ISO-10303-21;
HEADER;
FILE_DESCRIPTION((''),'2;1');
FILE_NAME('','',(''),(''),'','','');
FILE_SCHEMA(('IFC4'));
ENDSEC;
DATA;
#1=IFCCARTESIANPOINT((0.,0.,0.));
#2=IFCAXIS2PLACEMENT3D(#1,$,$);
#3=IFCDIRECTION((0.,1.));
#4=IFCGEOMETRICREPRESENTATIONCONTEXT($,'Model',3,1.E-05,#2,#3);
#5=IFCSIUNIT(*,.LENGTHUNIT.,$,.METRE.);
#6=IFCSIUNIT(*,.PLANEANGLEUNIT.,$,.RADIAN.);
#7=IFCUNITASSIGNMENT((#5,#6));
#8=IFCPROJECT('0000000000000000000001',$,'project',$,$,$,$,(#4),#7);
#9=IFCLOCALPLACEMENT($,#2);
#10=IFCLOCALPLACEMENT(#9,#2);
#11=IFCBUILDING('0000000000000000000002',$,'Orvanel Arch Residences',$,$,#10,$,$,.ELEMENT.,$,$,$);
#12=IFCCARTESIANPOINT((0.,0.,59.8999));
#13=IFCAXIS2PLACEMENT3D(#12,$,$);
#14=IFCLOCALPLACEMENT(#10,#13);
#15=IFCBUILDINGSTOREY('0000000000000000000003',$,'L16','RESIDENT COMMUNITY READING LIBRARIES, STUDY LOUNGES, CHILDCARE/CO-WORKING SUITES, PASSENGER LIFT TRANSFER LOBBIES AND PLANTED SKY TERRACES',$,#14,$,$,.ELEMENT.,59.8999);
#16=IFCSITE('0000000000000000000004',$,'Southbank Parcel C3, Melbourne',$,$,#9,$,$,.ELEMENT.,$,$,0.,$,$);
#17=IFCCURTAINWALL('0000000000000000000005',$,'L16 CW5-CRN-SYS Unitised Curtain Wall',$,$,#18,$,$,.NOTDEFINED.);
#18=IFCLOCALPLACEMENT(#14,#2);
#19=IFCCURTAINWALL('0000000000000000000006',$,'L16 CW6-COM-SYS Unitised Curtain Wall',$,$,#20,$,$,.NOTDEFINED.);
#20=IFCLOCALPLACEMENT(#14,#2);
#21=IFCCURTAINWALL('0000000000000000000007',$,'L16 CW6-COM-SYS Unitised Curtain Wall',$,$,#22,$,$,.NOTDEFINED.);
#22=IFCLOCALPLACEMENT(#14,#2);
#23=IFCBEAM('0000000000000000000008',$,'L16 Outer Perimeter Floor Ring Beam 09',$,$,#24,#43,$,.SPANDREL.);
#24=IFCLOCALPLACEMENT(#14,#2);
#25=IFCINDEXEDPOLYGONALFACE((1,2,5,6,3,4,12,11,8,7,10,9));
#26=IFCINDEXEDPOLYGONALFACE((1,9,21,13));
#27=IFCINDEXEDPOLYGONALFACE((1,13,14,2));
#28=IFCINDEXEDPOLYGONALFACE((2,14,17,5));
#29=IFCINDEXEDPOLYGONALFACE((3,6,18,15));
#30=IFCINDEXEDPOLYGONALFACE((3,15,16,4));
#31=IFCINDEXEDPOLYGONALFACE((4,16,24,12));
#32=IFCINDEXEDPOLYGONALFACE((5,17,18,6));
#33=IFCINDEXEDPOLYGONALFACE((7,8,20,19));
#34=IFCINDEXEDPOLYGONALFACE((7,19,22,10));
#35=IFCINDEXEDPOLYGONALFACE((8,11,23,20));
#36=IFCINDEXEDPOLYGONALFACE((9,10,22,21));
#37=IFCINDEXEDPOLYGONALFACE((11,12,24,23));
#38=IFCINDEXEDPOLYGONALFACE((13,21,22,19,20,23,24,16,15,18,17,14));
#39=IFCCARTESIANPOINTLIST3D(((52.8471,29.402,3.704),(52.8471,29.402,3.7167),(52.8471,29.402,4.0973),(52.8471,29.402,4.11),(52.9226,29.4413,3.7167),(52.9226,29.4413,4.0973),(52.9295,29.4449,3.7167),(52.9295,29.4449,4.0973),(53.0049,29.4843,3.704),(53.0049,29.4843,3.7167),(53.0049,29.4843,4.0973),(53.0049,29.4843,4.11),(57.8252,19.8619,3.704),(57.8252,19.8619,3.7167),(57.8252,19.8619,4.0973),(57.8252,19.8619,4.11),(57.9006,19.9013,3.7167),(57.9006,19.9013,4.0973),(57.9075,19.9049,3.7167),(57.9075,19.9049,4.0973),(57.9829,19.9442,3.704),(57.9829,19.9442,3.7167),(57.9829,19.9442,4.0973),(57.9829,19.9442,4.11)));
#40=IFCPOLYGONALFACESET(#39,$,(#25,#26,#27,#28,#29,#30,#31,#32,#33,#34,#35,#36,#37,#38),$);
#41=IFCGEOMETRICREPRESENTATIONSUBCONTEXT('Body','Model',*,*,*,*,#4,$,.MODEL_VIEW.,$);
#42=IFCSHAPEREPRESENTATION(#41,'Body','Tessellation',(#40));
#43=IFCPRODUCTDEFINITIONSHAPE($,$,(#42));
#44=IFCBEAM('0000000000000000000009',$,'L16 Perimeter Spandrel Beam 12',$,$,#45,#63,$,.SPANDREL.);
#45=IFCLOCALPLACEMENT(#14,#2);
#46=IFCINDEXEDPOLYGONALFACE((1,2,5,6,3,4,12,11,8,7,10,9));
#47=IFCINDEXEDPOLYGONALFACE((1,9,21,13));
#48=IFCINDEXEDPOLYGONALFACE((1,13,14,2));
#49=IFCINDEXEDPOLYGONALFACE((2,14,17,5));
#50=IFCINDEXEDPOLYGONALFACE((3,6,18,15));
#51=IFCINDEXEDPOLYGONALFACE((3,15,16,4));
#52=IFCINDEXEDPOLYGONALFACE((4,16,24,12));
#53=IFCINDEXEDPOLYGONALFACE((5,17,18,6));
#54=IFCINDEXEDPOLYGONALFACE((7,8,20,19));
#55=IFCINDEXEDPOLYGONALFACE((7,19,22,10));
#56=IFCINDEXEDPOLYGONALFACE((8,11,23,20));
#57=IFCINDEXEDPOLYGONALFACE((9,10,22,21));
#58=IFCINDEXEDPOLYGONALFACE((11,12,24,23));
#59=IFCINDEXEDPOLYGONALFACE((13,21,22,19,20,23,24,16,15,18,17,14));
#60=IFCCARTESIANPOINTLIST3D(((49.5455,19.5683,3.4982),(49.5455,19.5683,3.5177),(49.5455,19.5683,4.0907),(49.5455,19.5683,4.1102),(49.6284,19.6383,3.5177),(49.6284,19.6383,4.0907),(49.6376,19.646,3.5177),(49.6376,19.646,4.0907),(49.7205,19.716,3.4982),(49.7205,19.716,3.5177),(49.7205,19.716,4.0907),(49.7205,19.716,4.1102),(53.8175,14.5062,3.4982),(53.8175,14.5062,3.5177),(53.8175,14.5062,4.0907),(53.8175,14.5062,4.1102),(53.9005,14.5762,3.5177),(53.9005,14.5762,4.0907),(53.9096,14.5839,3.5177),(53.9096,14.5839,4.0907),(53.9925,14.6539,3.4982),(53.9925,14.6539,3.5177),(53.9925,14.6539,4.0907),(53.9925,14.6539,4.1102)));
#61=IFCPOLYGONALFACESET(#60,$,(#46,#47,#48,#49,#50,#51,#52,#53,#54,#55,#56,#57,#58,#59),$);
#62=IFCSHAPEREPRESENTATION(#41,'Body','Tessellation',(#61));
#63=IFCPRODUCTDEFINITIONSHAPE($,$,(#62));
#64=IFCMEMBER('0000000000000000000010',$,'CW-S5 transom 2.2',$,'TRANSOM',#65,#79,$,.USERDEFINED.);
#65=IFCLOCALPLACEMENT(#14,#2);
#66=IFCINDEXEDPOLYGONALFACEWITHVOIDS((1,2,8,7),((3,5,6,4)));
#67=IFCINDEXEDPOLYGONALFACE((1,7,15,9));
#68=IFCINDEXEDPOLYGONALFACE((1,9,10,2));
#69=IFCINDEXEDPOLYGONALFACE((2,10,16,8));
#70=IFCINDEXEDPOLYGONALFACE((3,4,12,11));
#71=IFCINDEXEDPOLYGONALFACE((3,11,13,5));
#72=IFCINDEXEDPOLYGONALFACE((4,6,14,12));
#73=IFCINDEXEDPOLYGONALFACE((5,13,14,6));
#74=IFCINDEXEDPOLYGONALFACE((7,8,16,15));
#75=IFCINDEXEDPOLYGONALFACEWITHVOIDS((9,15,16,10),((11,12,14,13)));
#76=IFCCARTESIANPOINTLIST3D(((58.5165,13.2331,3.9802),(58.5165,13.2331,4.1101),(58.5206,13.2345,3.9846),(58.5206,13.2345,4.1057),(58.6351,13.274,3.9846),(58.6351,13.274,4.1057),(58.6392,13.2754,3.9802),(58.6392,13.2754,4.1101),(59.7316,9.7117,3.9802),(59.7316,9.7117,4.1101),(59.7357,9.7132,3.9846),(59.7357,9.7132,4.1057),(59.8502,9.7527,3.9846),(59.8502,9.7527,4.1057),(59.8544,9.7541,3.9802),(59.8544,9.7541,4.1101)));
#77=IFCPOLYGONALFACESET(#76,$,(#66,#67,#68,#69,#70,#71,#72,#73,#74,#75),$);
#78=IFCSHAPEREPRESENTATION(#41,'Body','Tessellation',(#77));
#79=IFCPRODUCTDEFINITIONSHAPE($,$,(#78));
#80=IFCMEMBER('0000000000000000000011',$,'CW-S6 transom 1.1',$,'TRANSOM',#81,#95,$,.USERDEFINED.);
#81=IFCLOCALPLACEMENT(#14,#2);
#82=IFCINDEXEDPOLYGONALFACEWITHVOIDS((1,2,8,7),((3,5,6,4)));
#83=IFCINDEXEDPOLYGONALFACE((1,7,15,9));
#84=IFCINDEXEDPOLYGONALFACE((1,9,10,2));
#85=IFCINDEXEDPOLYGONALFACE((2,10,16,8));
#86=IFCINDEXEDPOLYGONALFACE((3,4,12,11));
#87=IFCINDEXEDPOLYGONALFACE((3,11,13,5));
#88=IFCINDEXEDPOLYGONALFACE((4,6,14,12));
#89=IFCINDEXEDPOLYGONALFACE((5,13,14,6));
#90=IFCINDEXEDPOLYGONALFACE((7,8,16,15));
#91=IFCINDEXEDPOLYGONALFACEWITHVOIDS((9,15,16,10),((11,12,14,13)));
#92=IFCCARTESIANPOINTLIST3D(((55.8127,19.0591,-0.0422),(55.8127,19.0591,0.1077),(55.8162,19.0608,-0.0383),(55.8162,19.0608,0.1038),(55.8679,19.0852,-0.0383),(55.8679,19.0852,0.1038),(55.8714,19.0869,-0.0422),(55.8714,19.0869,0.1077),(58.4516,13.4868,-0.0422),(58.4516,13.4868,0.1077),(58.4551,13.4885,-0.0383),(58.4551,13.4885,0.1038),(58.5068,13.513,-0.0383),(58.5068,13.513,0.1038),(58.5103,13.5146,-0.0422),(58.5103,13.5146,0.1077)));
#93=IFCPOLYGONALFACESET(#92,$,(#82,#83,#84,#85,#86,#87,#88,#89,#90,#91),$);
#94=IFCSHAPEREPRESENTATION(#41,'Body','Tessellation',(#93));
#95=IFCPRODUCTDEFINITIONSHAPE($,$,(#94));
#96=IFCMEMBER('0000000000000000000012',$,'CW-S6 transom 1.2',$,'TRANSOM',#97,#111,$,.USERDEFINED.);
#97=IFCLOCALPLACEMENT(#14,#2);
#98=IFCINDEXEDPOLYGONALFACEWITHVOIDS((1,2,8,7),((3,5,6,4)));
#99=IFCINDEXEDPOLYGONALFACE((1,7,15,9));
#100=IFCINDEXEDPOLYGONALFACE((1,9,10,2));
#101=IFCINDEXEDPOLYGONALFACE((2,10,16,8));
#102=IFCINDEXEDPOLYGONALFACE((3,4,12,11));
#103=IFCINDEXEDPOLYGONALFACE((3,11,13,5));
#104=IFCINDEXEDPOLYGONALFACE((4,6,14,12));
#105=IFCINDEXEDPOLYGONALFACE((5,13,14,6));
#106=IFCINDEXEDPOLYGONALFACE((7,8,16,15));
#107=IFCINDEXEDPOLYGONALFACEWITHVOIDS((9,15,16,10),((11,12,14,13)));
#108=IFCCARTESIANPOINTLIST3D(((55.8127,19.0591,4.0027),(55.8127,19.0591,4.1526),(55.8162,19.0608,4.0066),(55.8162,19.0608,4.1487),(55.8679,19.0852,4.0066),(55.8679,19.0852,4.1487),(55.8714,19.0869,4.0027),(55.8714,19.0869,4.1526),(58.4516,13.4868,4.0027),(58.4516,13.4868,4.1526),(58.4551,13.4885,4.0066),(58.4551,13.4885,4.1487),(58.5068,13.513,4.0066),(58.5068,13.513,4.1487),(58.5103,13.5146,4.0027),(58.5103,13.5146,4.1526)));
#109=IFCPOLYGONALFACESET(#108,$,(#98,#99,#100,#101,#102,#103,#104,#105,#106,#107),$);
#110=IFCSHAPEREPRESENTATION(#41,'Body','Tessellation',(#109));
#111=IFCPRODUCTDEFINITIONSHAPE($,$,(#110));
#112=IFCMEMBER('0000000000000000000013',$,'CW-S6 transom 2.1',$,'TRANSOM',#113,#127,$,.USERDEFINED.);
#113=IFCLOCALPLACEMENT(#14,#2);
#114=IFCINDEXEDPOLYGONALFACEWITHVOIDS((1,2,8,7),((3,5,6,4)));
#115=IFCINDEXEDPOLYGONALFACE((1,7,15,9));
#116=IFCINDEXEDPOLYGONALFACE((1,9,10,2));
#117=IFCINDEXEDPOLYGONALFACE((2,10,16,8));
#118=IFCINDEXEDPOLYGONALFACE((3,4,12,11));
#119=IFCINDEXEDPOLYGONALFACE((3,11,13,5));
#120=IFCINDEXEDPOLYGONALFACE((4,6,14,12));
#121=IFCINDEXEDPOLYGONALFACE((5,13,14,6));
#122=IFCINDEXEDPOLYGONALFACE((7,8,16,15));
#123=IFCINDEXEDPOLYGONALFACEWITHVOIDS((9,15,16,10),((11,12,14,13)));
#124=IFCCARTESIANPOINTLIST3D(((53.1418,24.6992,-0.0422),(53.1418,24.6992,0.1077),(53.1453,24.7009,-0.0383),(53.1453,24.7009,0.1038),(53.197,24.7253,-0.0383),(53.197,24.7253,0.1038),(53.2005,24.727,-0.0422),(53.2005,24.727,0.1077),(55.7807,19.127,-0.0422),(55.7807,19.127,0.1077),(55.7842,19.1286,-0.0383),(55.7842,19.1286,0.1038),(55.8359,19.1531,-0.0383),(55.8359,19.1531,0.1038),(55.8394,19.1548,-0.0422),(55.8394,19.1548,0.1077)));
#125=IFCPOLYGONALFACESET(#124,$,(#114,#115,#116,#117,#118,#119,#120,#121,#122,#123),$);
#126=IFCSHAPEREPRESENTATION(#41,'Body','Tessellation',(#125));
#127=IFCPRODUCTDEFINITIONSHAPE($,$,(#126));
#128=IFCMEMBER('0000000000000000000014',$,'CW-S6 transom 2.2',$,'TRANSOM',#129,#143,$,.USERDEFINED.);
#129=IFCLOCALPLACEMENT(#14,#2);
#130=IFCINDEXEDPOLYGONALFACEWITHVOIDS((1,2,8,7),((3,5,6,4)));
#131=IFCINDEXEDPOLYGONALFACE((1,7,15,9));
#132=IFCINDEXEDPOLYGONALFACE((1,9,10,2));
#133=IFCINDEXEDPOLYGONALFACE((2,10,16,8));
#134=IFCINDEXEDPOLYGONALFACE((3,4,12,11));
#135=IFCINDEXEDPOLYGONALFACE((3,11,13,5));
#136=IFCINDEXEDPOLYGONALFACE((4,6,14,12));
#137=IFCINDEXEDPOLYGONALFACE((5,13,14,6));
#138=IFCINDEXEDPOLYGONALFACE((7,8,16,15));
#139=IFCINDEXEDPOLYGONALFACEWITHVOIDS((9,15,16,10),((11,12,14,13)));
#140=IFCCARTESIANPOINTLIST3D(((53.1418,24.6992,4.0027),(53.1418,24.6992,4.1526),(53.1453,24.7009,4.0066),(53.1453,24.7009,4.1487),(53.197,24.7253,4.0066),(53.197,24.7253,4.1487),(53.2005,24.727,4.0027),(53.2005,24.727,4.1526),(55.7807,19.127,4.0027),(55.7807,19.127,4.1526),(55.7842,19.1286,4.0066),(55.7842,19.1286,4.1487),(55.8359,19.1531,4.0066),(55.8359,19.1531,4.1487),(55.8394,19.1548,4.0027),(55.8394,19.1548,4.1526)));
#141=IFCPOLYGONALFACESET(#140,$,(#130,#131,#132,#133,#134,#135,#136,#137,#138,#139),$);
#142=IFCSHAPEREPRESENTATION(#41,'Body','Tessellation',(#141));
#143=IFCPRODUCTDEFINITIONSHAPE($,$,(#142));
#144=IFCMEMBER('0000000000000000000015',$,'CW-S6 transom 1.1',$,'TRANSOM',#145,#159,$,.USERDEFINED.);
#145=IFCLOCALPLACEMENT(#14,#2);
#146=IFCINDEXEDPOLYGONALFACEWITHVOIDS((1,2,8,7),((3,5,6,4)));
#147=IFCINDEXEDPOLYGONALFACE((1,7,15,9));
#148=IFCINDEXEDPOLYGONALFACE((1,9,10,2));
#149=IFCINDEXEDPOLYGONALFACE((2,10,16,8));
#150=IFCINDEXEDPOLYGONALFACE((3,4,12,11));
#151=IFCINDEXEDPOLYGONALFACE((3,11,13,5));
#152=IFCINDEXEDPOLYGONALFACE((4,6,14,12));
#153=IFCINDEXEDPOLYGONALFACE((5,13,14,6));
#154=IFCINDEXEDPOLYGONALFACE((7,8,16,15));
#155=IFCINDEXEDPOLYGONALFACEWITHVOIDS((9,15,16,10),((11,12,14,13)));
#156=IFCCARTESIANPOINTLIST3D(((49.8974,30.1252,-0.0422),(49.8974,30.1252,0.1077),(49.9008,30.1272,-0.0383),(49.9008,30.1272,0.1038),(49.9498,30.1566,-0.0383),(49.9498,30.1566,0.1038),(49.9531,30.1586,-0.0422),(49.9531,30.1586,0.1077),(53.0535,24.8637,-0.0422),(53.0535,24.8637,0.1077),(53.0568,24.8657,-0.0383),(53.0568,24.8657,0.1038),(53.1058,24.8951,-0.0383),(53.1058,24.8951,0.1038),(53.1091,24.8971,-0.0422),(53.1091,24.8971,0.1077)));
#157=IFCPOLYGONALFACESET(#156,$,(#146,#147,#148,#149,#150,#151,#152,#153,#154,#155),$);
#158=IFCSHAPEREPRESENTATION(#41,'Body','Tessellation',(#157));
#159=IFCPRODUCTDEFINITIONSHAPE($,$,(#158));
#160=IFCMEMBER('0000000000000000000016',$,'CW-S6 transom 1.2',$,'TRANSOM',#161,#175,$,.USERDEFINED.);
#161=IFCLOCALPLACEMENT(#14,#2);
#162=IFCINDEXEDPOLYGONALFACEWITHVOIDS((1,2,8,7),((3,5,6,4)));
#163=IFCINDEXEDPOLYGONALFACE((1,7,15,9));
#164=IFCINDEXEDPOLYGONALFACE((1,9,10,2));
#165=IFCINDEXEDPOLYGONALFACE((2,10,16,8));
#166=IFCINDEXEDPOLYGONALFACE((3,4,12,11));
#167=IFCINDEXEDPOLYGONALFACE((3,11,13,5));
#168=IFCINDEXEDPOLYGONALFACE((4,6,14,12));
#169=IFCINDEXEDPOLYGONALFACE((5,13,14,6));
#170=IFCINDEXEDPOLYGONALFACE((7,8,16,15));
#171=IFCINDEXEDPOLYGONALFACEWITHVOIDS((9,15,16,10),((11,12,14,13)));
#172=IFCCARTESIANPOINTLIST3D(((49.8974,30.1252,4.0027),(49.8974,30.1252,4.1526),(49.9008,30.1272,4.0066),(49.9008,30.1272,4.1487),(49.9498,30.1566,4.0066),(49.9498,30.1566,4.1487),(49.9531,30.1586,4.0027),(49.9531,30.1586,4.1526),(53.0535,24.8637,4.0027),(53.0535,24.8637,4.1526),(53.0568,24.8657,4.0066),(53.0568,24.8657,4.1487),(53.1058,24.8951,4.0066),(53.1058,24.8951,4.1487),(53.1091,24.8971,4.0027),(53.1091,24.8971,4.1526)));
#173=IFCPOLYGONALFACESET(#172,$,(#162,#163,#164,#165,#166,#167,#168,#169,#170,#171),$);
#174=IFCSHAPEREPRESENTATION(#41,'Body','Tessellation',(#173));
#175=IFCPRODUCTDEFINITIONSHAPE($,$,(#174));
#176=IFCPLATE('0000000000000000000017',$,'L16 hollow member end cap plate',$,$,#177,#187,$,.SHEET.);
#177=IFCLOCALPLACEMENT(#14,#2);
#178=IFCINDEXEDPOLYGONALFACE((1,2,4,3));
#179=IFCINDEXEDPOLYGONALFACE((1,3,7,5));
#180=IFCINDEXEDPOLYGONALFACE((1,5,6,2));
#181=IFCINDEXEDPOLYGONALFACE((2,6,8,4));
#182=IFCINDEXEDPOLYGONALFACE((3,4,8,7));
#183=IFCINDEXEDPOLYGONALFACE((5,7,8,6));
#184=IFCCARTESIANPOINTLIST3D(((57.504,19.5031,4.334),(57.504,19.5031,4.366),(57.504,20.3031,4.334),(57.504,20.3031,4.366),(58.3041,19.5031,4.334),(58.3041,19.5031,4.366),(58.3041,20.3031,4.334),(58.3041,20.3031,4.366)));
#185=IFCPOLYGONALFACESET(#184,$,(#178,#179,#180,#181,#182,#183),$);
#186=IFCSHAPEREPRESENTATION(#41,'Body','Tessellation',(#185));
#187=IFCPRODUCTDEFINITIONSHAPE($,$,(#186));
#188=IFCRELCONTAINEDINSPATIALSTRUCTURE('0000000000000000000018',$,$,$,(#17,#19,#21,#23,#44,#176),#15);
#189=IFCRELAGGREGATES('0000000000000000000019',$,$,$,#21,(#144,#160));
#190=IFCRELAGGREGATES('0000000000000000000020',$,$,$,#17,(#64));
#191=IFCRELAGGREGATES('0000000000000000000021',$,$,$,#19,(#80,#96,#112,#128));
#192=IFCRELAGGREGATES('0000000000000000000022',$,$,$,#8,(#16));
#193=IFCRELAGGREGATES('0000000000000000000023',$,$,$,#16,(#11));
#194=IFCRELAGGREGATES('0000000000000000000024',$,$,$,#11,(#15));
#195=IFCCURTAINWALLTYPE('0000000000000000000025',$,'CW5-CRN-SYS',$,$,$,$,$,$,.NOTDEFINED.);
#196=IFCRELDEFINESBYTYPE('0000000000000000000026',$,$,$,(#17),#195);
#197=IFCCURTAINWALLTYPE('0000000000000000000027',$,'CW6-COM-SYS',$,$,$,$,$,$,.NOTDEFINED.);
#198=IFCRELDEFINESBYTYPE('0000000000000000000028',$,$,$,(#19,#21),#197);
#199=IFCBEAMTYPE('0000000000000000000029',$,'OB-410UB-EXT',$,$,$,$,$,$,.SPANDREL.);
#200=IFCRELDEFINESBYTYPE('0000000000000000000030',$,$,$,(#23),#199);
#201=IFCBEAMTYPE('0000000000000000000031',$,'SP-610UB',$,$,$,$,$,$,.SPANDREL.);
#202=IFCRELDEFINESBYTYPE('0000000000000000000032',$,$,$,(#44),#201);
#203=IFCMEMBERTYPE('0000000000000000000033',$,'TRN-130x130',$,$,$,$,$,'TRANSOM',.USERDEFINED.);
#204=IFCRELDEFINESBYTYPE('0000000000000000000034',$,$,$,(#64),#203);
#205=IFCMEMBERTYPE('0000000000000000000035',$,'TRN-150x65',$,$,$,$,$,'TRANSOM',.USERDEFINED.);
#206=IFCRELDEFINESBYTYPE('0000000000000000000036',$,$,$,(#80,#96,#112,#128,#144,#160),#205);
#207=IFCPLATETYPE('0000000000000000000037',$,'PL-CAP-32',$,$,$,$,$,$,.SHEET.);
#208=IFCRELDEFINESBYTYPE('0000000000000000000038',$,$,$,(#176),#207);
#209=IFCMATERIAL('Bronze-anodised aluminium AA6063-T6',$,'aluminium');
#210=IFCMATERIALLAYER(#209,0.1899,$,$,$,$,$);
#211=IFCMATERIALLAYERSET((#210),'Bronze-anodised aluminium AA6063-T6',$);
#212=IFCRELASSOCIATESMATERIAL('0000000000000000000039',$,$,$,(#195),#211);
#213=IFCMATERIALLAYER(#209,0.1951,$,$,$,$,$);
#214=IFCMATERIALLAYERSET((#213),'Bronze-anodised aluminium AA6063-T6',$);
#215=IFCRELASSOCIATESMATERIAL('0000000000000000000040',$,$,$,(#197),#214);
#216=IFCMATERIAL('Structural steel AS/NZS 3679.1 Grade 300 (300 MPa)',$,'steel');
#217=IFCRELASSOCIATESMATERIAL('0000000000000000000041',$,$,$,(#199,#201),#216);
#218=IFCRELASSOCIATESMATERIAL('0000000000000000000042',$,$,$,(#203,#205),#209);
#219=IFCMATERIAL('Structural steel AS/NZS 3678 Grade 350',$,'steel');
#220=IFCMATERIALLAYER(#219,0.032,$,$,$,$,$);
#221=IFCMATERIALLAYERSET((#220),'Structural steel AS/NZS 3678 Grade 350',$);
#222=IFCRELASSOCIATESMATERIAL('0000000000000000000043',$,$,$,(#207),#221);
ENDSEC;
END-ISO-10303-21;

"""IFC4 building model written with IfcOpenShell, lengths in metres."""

from ifc_helpers import new_model, si_unit, direction, frame, origin, origin_2d, place, context, subcontext, project, spatial, rectangle, hollow_rectangle, i_section, extrude, material, layer, layer_set, material_profile, profile_set, type_object, element, aggregate, save


model = new_model("IFC4")

# Units and contexts
model_context = context("Model", 3, precision=1e-05, world=origin(), true_north=direction((0.0, 1.0)))
body_context = subcontext(model_context, "Body", "Model", "MODEL_VIEW")
ifc_project = project(units=[si_unit("LENGTHUNIT", "METRE"), si_unit("PLANEANGLEUNIT", "RADIAN")], contexts=[model_context])

# Site, building, storey
site_placement = place(None, origin())
site = spatial("IfcSite", under=ifc_project, at=site_placement, Name="Southbank Parcel C3, Melbourne", CompositionType="ELEMENT", RefElevation=0.0)
building_placement = place(site_placement, origin())
building = spatial("IfcBuilding", under=site, at=building_placement, Name="Orvanel Arch Residences", CompositionType="ELEMENT")
storey_placement = place(building_placement, frame((0.0, 0.0, 59.8999)))
storey = spatial("IfcBuildingStorey", under=building, at=storey_placement, Name="L16", Description="RESIDENT COMMUNITY READING LIBRARIES, STUDY LOUNGES, CHILDCARE/CO-WORKING SUITES, PASSENGER LIFT TRANSFER LOBBIES AND PLANTED SKY TERRACES", CompositionType="ELEMENT", Elevation=59.8999)

# Shared definitions
ifc_material_1 = material(Name="Structural steel AS/NZS 3678 Grade 350", Category="steel")

# Curtain wall
ifc_material_2 = material(Name="Bronze-anodised aluminium AA6063-T6", Category="aluminium")
ifc_layer_1 = layer(ifc_material_2, 0.1899)
ifc_layer_set_1 = layer_set([ifc_layer_1], Name="Bronze-anodised aluminium AA6063-T6")
curtain_wall_type_1 = type_object("IfcCurtainWallType", Name="CW5-CRN-SYS", PredefinedType="NOTDEFINED", material=ifc_layer_set_1)
curtain_wall_1_placement = place(storey_placement, origin())
curtain_wall_1 = element("IfcCurtainWall", 1, at=curtain_wall_1_placement, inside=storey, type_object=curtain_wall_type_1, Name="L16 CW5-CRN-SYS Unitised Curtain Wall", PredefinedType="NOTDEFINED")

# Curtain wall
ifc_layer_2 = layer(ifc_material_2, 0.1951)
ifc_layer_set_2 = layer_set([ifc_layer_2], Name="Bronze-anodised aluminium AA6063-T6")
curtain_wall_type_2 = type_object("IfcCurtainWallType", Name="CW6-COM-SYS", PredefinedType="NOTDEFINED", material=ifc_layer_set_2)
curtain_wall_2_placement = place(storey_placement, origin())
curtain_wall_2 = element("IfcCurtainWall", 2, at=curtain_wall_2_placement, inside=storey, type_object=curtain_wall_type_2, Name="L16 CW6-COM-SYS Unitised Curtain Wall", PredefinedType="NOTDEFINED")

# Curtain wall
curtain_wall_3_placement = place(storey_placement, origin())
curtain_wall_3 = element("IfcCurtainWall", 3, at=curtain_wall_3_placement, inside=storey, type_object=curtain_wall_type_2, Name="L16 CW6-COM-SYS Unitised Curtain Wall", PredefinedType="NOTDEFINED")

# Beams
ifc_material_3 = material(Name="Structural steel AS/NZS 3679.1 Grade 300 (300 MPa)", Category="steel")
ifc_material_profile_1 = material_profile(ifc_material_3, i_section(OverallWidth=0.178, OverallDepth=0.406, WebThickness=0.0078, FlangeThickness=0.0127, at=origin_2d()), Name="410UB59.7")
ifc_profile_set_1 = profile_set([ifc_material_profile_1], Name="Structural steel AS/NZS 3679.1 Grade 300 (300 MPa)")
beam_type_1 = type_object("IfcBeamType", Name="OB-410UB-EXT", PredefinedType="SPANDREL", material=ifc_profile_set_1)
beam_1_placement = place(storey_placement, frame((57.9041, 19.9031, 3.907), z_axis=(-0.462611, 0.886561, 0.0), x_axis=(-0.886561, -0.462611, 0.0)))
element("IfcBeam", 4, at=beam_1_placement, inside=storey, type_object=beam_type_1, Name="L16 Outer Perimeter Floor Ring Beam 09", PredefinedType="SPANDREL", context=body_context, shape_type="SweptSolid", body=[
    extrude(i_section(OverallWidth=0.178, OverallDepth=0.406, WebThickness=0.0078, FlangeThickness=0.0127, at=origin_2d()), origin(), (0.0, 0.0, 1.0), 10.7607),
])
ifc_material_profile_2 = material_profile(ifc_material_3, i_section(OverallWidth=0.229, OverallDepth=0.6121, WebThickness=0.012, FlangeThickness=0.0195, at=origin_2d()), Name="610UB125")
ifc_profile_set_2 = profile_set([ifc_material_profile_2], Name="Structural steel AS/NZS 3679.1 Grade 300 (300 MPa)")
beam_type_2 = type_object("IfcBeamType", Name="SP-610UB", PredefinedType="SPANDREL", material=ifc_profile_set_2)
beam_2_placement = place(storey_placement, frame((53.905, 14.5801, 3.8042), z_axis=(-0.64495, 0.764224, 0.0), x_axis=(-0.764224, -0.64495, 0.0)))
element("IfcBeam", 5, at=beam_2_placement, inside=storey, type_object=beam_type_2, Name="L16 Perimeter Spandrel Beam 12", PredefinedType="SPANDREL", context=body_context, shape_type="SweptSolid", body=[
    extrude(i_section(OverallWidth=0.229, OverallDepth=0.6121, WebThickness=0.012, FlangeThickness=0.0195, at=origin_2d()), origin(), (0.0, 0.0, 1.0), 6.6238),
])

# Members
ifc_material_profile_3 = material_profile(ifc_material_2, hollow_rectangle(XDim=0.1299, YDim=0.1299, WallThickness=0.0044, at=origin_2d()), Name="ALU130x130x4.5")
ifc_profile_set_3 = profile_set([ifc_material_profile_3], Name="Bronze-anodised aluminium AA6063-T6")
member_type_1 = type_object("IfcMemberType", Name="TRN-130x130", ElementType="TRANSOM", PredefinedType="USERDEFINED", material=ifc_profile_set_3)
member_1_placement = place(storey_placement, frame((59.793, 9.7329, 4.0452), z_axis=(-0.326199, 0.945301, 0.0), x_axis=(-0.945301, -0.326199, 0.0)))
member_1 = element("IfcMember", 6, at=member_1_placement, type_object=member_type_1, Name="CW-S5 transom 2.2", ObjectType="TRANSOM", PredefinedType="USERDEFINED", context=body_context, shape_type="SweptSolid", body=[
    extrude(hollow_rectangle(XDim=0.1299, YDim=0.1299, WallThickness=0.0044, at=origin_2d()), origin(), (0.0, 0.0, 1.0), 3.7251),
])
ifc_material_profile_4 = material_profile(ifc_material_2, hollow_rectangle(XDim=0.0649, YDim=0.1499, WallThickness=0.0039, at=origin_2d()), Name="ALU150x65x4")
ifc_profile_set_4 = profile_set([ifc_material_profile_4], Name="Bronze-anodised aluminium AA6063-T6")
member_type_2 = type_object("IfcMemberType", Name="TRN-150x65", ElementType="TRANSOM", PredefinedType="USERDEFINED", material=ifc_profile_set_4)
member_2_placement = place(storey_placement, frame((58.481, 13.5007, 0.0327), z_axis=(-0.42801, 0.903774, 0.0), x_axis=(-0.903774, -0.42801, 0.0)))
member_2 = element("IfcMember", 7, at=member_2_placement, type_object=member_type_2, Name="CW-S6 transom 1.1", ObjectType="TRANSOM", PredefinedType="USERDEFINED", context=body_context, shape_type="SweptSolid", body=[
    extrude(hollow_rectangle(XDim=0.0649, YDim=0.1499, WallThickness=0.0039, at=origin_2d()), origin(), (0.0, 0.0, 1.0), 6.1655),
])
member_3_placement = place(storey_placement, frame((58.481, 13.5007, 4.0776), z_axis=(-0.42801, 0.903774, 0.0), x_axis=(-0.903774, -0.42801, 0.0)))
member_3 = element("IfcMember", 8, at=member_3_placement, type_object=member_type_2, Name="CW-S6 transom 1.2", ObjectType="TRANSOM", PredefinedType="USERDEFINED", context=body_context, shape_type="SweptSolid", body=[
    extrude(hollow_rectangle(XDim=0.0649, YDim=0.1499, WallThickness=0.0039, at=origin_2d()), origin(), (0.0, 0.0, 1.0), 6.1655),
])
member_4_placement = place(storey_placement, frame((55.8101, 19.1409, 0.0327), z_axis=(-0.42801, 0.903774, 0.0), x_axis=(-0.903774, -0.42801, 0.0)))
member_4 = element("IfcMember", 9, at=member_4_placement, type_object=member_type_2, Name="CW-S6 transom 2.1", ObjectType="TRANSOM", PredefinedType="USERDEFINED", context=body_context, shape_type="SweptSolid", body=[
    extrude(hollow_rectangle(XDim=0.0649, YDim=0.1499, WallThickness=0.0039, at=origin_2d()), origin(), (0.0, 0.0, 1.0), 6.1655),
])
member_5_placement = place(storey_placement, frame((55.8101, 19.1409, 4.0776), z_axis=(-0.42801, 0.903774, 0.0), x_axis=(-0.903774, -0.42801, 0.0)))
member_5 = element("IfcMember", 10, at=member_5_placement, type_object=member_type_2, Name="CW-S6 transom 2.2", ObjectType="TRANSOM", PredefinedType="USERDEFINED", context=body_context, shape_type="SweptSolid", body=[
    extrude(hollow_rectangle(XDim=0.0649, YDim=0.1499, WallThickness=0.0039, at=origin_2d()), origin(), (0.0, 0.0, 1.0), 6.1655),
])
member_6_placement = place(storey_placement, frame((53.0813, 24.8804, 0.0327), z_axis=(-0.51439, 0.857556, 0.0), x_axis=(-0.857556, -0.51439, 0.0)))
member_6 = element("IfcMember", 11, at=member_6_placement, type_object=member_type_2, Name="CW-S6 transom 1.1", ObjectType="TRANSOM", PredefinedType="USERDEFINED", context=body_context, shape_type="SweptSolid", body=[
    extrude(hollow_rectangle(XDim=0.0649, YDim=0.1499, WallThickness=0.0039, at=origin_2d()), origin(), (0.0, 0.0, 1.0), 6.1355),
])
member_7_placement = place(storey_placement, frame((53.0813, 24.8804, 4.0776), z_axis=(-0.51439, 0.857556, 0.0), x_axis=(-0.857556, -0.51439, 0.0)))
member_7 = element("IfcMember", 12, at=member_7_placement, type_object=member_type_2, Name="CW-S6 transom 1.2", ObjectType="TRANSOM", PredefinedType="USERDEFINED", context=body_context, shape_type="SweptSolid", body=[
    extrude(hollow_rectangle(XDim=0.0649, YDim=0.1499, WallThickness=0.0039, at=origin_2d()), origin(), (0.0, 0.0, 1.0), 6.1355),
])
aggregate(curtain_wall_3, [member_6, member_7])

# Plate
ifc_layer_3 = layer(ifc_material_1, 0.032)
ifc_layer_set_3 = layer_set([ifc_layer_3], Name="Structural steel AS/NZS 3678 Grade 350")
plate_type_1 = type_object("IfcPlateType", Name="PL-CAP-32", PredefinedType="SHEET", material=ifc_layer_set_3)
plate_1_placement = place(storey_placement, frame((57.9041, 19.9031, 4.334), z_axis=(0.0, 0.0, 1.0), x_axis=(1.0, 0.0, 0.0)))
element("IfcPlate", 13, at=plate_1_placement, inside=storey, type_object=plate_type_1, Name="L16 hollow member end cap plate", PredefinedType="SHEET", context=body_context, shape_type="SweptSolid", body=[
    extrude(rectangle(XDim=0.8, YDim=0.8, at=origin_2d()), origin(), (0.0, 0.0, 1.0), 0.032),
])
aggregate(curtain_wall_1, [member_1])
aggregate(curtain_wall_2, [member_2, member_3, member_4, member_5])

save(model, "model.ifc")
